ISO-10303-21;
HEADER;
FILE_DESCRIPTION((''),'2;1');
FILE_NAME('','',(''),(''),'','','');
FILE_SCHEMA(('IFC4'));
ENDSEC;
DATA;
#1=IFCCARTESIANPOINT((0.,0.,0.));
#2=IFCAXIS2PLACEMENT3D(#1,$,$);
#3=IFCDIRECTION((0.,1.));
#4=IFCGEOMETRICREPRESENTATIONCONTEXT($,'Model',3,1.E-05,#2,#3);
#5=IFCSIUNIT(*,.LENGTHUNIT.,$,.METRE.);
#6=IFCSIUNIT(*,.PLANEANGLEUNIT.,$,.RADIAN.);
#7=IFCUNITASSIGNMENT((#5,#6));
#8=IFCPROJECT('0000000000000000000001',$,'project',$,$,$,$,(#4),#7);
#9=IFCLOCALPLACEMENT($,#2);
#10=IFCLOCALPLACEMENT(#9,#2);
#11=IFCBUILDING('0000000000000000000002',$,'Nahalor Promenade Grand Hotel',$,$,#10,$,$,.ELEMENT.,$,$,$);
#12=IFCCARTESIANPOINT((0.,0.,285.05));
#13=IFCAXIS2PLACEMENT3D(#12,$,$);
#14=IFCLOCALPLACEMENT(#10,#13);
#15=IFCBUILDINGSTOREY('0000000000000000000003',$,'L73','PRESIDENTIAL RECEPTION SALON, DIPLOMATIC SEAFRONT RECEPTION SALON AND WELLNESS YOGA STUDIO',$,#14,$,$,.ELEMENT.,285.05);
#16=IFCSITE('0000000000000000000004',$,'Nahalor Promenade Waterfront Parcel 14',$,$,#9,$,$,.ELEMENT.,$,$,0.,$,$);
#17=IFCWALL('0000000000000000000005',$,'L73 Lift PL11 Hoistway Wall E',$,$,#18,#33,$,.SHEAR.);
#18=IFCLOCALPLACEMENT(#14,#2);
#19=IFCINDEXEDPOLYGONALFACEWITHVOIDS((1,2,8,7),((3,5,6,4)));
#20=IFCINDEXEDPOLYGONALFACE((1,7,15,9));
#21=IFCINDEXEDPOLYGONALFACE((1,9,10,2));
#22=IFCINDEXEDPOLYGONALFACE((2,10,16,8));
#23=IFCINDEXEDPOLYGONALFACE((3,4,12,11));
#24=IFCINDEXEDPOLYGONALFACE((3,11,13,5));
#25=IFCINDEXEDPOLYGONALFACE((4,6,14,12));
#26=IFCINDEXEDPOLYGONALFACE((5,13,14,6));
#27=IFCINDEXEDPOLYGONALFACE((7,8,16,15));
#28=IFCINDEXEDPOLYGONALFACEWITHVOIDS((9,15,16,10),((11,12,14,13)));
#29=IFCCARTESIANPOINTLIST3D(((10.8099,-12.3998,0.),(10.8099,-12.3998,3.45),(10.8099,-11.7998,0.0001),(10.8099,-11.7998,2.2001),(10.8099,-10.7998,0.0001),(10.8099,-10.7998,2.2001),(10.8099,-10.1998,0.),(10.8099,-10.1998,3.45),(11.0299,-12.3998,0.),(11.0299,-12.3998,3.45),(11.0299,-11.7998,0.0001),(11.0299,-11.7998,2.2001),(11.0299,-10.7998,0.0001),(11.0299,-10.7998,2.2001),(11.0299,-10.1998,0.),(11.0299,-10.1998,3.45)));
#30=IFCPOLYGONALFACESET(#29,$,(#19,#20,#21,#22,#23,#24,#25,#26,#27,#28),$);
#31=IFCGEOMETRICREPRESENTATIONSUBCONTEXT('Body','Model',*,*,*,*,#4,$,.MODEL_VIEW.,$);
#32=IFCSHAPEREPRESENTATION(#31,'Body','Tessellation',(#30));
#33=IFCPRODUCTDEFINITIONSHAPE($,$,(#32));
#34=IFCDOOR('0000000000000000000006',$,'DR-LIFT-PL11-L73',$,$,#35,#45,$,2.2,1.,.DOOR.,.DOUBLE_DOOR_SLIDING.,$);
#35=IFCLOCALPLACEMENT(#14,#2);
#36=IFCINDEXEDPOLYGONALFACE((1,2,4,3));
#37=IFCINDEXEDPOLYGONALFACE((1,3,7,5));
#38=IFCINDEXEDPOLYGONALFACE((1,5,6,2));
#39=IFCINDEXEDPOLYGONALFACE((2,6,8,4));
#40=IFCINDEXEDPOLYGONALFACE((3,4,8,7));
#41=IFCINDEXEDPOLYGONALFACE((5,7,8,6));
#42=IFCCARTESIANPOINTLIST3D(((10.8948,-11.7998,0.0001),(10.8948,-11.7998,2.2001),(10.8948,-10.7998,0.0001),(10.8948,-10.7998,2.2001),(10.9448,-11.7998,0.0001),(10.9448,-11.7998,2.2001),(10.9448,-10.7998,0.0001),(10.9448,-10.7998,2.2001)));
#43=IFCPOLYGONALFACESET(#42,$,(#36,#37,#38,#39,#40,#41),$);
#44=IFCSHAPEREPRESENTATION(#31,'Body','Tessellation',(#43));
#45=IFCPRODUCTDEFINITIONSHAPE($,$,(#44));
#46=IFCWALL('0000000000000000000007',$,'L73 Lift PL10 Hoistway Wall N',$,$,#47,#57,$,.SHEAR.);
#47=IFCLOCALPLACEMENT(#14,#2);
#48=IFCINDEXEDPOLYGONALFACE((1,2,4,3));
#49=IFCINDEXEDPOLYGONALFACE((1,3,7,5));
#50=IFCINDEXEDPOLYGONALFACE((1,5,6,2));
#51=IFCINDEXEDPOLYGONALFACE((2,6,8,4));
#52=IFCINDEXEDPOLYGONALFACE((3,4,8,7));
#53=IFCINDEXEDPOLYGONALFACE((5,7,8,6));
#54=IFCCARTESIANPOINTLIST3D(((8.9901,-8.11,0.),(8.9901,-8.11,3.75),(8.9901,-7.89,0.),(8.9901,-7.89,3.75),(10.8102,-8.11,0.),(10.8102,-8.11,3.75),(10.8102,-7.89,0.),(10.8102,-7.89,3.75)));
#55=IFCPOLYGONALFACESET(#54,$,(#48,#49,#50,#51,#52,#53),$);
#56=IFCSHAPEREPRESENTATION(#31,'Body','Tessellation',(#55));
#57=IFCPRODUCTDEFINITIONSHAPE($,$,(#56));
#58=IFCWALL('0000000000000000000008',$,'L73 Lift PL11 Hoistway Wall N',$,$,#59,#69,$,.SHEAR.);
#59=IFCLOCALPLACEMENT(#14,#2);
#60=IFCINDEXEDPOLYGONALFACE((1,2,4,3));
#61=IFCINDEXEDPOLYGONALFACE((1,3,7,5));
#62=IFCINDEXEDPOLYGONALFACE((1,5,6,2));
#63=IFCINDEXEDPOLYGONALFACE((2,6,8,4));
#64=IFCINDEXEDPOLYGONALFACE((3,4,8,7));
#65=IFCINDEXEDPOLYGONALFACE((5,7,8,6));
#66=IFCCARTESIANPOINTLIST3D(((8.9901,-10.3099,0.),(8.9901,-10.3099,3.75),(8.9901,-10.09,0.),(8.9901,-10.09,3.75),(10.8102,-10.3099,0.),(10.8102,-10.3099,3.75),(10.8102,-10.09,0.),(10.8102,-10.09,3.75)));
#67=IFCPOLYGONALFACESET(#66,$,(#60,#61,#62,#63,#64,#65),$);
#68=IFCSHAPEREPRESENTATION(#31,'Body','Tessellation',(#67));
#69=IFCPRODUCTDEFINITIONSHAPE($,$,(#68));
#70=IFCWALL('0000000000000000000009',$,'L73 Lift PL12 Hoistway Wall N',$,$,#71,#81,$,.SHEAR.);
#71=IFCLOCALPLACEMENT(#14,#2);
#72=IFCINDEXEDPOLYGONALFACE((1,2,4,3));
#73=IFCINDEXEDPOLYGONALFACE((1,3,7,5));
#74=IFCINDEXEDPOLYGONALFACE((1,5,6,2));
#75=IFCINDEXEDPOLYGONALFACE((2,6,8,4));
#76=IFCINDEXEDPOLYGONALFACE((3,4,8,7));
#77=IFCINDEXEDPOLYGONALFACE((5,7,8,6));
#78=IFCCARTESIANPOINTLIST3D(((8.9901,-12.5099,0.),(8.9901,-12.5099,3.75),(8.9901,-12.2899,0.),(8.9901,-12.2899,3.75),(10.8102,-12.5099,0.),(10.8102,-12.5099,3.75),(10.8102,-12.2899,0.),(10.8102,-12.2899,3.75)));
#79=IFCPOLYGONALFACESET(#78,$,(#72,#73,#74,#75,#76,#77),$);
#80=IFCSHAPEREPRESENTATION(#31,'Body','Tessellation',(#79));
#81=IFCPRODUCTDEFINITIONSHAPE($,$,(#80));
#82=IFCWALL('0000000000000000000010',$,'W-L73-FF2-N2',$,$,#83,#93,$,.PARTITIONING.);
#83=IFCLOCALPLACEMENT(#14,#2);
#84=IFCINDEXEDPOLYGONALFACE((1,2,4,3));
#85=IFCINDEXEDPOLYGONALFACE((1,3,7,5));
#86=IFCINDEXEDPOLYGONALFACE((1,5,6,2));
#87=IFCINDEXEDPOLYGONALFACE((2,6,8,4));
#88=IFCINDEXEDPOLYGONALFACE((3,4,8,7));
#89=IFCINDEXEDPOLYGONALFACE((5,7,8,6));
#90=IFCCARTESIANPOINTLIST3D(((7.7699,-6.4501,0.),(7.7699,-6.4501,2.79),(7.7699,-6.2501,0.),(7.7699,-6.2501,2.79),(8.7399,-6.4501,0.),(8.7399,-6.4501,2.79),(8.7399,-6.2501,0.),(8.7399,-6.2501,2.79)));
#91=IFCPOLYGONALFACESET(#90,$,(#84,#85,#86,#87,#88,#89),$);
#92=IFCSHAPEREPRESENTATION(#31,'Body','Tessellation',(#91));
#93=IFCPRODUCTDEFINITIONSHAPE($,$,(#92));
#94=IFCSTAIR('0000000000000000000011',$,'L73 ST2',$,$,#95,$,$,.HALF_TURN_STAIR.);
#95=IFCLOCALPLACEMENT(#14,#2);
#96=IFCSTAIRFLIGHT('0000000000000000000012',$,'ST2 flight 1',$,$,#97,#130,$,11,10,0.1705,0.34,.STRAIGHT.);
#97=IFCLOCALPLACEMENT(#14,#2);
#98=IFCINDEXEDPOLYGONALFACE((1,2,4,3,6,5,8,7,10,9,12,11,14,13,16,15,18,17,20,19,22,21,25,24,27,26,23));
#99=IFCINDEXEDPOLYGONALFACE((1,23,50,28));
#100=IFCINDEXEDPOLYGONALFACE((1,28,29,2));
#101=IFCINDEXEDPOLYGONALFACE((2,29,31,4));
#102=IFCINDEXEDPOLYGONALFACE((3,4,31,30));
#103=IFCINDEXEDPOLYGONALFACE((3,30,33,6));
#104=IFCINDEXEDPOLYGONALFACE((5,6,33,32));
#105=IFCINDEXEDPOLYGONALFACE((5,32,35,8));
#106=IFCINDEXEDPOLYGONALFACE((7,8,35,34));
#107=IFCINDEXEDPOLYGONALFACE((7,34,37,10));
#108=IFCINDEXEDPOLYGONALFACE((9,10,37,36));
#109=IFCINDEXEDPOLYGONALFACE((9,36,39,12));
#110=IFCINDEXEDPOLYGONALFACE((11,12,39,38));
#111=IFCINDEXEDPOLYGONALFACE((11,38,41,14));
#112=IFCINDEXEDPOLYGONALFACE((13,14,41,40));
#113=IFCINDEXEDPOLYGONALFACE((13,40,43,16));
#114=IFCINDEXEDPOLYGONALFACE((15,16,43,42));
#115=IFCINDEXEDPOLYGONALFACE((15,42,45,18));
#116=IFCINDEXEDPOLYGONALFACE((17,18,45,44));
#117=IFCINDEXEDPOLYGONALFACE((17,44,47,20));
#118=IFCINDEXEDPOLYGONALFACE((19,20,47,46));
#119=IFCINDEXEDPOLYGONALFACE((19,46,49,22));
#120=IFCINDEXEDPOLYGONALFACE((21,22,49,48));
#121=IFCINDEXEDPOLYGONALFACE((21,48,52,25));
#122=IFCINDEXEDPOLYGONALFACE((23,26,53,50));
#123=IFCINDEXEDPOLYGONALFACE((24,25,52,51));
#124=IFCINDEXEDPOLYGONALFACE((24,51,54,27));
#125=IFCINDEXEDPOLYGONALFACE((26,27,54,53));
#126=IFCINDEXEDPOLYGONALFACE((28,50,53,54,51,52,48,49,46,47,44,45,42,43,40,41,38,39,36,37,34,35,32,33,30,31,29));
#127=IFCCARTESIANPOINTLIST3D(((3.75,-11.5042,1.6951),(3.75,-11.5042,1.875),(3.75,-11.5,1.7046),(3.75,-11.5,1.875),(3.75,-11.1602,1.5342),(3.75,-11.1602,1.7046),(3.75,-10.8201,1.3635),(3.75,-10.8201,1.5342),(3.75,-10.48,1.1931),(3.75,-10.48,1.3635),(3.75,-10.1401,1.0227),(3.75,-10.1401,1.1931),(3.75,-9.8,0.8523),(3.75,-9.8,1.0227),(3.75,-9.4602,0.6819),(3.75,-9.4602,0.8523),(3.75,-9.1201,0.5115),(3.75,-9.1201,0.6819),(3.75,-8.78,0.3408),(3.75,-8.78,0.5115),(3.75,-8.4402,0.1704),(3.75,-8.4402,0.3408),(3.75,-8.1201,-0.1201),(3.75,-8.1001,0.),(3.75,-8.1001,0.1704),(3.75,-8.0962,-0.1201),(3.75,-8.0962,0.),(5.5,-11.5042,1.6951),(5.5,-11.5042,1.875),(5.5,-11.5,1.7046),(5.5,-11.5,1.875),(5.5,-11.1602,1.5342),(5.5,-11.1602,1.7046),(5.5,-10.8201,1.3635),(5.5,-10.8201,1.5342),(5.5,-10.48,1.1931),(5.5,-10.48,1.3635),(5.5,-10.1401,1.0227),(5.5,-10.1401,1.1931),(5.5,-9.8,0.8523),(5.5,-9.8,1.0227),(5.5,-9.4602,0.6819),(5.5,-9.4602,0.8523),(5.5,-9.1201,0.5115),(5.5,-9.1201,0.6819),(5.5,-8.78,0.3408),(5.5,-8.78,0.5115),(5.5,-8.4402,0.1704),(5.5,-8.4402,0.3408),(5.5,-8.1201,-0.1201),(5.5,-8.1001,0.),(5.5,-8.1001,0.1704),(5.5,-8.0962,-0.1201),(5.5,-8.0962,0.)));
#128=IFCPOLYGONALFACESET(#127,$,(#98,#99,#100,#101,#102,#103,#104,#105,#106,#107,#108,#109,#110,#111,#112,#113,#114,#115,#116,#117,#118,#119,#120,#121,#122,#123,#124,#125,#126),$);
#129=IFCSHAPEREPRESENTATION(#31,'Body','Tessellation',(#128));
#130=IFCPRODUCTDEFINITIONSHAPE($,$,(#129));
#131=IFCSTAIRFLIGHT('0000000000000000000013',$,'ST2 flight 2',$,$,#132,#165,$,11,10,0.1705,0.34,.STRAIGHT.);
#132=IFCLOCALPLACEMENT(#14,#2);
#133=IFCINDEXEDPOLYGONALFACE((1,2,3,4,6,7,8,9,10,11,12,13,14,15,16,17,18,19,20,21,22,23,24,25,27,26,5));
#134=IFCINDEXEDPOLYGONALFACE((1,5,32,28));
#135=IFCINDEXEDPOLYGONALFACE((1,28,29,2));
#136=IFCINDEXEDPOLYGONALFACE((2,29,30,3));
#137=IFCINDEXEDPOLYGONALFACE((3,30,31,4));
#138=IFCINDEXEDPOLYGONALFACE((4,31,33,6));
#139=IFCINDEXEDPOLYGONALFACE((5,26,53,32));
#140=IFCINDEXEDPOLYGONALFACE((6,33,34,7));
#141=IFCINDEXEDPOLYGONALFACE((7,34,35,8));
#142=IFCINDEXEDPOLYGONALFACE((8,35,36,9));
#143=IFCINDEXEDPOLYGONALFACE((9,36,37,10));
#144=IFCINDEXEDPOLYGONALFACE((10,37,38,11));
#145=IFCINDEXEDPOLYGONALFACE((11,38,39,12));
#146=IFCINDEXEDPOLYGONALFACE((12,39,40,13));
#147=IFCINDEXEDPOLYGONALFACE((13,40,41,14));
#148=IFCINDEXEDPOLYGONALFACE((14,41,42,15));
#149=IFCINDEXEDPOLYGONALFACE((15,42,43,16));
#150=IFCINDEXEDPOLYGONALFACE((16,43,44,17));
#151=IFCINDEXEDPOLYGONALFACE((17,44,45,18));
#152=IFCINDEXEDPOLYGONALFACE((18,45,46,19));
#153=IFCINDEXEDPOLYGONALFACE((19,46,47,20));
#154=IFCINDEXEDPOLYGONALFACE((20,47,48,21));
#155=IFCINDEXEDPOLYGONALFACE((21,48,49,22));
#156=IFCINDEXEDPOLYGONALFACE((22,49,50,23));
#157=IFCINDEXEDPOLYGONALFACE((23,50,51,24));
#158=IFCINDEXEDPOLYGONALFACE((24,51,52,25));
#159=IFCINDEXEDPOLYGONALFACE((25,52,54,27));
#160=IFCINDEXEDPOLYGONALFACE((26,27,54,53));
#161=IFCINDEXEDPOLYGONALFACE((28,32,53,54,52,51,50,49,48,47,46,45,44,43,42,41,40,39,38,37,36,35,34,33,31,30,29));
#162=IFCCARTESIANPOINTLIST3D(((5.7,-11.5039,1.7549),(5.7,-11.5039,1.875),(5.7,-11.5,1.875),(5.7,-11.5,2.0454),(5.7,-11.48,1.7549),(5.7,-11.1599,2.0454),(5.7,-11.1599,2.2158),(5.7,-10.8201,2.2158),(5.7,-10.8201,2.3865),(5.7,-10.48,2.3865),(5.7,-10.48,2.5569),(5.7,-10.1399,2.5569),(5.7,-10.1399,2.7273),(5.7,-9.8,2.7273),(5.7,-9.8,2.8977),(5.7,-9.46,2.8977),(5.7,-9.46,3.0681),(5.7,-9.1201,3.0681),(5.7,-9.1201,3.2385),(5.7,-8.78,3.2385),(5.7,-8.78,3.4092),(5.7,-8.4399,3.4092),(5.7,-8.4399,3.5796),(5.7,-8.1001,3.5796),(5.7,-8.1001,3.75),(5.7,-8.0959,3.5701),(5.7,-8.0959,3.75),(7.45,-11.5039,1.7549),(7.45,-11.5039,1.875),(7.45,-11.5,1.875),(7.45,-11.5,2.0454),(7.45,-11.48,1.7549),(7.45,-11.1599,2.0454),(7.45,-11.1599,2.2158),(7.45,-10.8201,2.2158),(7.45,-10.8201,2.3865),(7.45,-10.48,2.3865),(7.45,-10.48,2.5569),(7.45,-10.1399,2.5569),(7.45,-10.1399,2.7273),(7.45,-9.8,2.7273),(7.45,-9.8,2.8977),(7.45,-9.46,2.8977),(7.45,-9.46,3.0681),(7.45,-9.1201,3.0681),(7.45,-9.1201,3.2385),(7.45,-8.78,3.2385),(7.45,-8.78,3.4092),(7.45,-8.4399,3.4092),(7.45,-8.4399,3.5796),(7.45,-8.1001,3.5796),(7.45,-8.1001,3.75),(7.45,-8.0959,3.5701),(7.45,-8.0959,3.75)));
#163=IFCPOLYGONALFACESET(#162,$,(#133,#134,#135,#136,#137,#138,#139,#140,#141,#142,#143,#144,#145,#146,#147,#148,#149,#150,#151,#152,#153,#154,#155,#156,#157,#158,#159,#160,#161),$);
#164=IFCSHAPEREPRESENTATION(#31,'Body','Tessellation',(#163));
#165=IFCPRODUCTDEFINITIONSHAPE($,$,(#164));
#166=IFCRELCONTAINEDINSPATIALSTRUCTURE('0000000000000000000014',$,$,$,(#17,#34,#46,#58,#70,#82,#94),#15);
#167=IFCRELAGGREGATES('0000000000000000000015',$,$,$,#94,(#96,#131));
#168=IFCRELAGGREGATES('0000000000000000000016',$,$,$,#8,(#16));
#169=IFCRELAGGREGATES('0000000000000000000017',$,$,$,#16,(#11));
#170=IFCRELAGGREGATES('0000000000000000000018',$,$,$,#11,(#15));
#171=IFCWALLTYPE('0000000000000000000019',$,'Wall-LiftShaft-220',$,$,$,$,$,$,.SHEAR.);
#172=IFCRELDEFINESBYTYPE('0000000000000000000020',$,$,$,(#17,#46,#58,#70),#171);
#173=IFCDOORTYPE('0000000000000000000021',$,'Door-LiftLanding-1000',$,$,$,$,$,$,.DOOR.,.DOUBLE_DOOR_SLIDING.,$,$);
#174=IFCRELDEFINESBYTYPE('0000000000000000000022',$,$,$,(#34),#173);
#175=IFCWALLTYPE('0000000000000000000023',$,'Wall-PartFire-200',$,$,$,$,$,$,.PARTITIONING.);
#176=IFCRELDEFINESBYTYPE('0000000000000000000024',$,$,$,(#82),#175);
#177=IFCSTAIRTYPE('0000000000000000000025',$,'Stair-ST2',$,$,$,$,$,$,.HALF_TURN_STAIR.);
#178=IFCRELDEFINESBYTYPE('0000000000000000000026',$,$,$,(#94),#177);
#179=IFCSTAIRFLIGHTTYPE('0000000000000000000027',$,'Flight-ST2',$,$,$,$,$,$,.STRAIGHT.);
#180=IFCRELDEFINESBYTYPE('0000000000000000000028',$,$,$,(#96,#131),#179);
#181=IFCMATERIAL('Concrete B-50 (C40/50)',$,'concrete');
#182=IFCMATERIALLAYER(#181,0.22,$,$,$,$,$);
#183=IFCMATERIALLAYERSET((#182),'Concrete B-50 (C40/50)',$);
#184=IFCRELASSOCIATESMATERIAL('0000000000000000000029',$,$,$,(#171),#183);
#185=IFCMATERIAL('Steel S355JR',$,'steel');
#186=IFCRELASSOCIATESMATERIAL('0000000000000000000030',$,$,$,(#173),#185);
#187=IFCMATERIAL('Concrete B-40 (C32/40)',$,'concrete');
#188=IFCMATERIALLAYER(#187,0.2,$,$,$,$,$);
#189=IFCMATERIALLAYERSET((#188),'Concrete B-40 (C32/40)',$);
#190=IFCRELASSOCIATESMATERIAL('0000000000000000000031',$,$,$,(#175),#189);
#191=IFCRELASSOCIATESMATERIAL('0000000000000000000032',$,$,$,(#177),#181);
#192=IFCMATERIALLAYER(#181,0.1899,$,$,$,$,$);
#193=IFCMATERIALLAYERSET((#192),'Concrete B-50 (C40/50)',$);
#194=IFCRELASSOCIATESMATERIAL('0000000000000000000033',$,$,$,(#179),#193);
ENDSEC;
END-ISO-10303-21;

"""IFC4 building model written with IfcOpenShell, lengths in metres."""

from ifc_helpers import new_model, si_unit, direction, frame, frame_2d, origin, place, context, subcontext, project, spatial, polyline, rectangle, outline, extrude, source, transform, mapped, material, layer, layer_set, type_object, element, fill, aggregate, save


model = new_model("IFC4")

# Units and contexts
model_context = context("Model", 3, precision=1e-05, world=origin(), true_north=direction((0.0, 1.0)))
body_context = subcontext(model_context, "Body", "Model", "MODEL_VIEW")
ifc_project = project(units=[si_unit("LENGTHUNIT", "METRE"), si_unit("PLANEANGLEUNIT", "RADIAN")], contexts=[model_context])

# Site, building, storey
site_placement = place(None, origin())
site = spatial("IfcSite", under=ifc_project, at=site_placement, Name="Nahalor Promenade Waterfront Parcel 14", CompositionType="ELEMENT", RefElevation=0.0)
building_placement = place(site_placement, origin())
building = spatial("IfcBuilding", under=site, at=building_placement, Name="Nahalor Promenade Grand Hotel", CompositionType="ELEMENT")
storey_placement = place(building_placement, frame((0.0, 0.0, 285.05)))
storey = spatial("IfcBuildingStorey", under=building, at=storey_placement, Name="L73", Description="PRESIDENTIAL RECEPTION SALON, DIPLOMATIC SEAFRONT RECEPTION SALON AND WELLNESS YOGA STUDIO", CompositionType="ELEMENT", Elevation=285.05)

# Shared definitions
ifc_material_1 = material(Name="Steel S355JR", Category="steel")

# Shared definitions
ifc_material_2 = material(Name="Concrete B-50 (C40/50)", Category="concrete")
ifc_layer_1 = layer(ifc_material_2, 0.22)
ifc_layer_set_1 = layer_set([ifc_layer_1], Name="Concrete B-50 (C40/50)")
wall_type_1 = type_object("IfcWallType", Name="Wall-LiftShaft-220", PredefinedType="SHEAR", material=ifc_layer_set_1)
shared_shape_1 = source(origin(), body_context, "Body", "SweptSolid", [
    extrude(rectangle(XDim=2.2, YDim=0.22, at=frame_2d((1.1001, 0.0))), origin(), (0.0, 0.0, 1.0), 3.45),
])

# Shared definitions
door_type = type_object("IfcDoorType", Name="Door-LiftLanding-1000", OperationType="DOUBLE_DOOR_SLIDING", PredefinedType="DOOR", material=ifc_material_1)
shared_shape_2 = source(origin(), body_context, "Body", "SweptSolid", [
    extrude(rectangle(XDim=1.0, YDim=2.2, at=frame_2d((0.5, 1.1001))), frame((0.0, 0.0249, 0.0), z_axis=(0.0, -1.0, 0.0), x_axis=(1.0, 0.0, 0.0)), (0.0, 0.0, 1.0), 0.05),
])

# Wall, opening, door
wall_1_placement = place(storey_placement, frame((10.9199, -12.3999, 0.0), z_axis=(0.0, 0.0, 1.0), x_axis=(0.0, 1.0, 0.0)))
wall_1 = element("IfcWall", 1, at=wall_1_placement, inside=storey, type_object=wall_type_1, Name="L73 Lift PL11 Hoistway Wall E", PredefinedType="SHEAR", context=body_context, shape_type="MappedRepresentation", body=[
    mapped(shared_shape_1, transform((0.0, 0.0, 0.0), scale=1.0)),
])
opening_1_placement = place(wall_1_placement, frame((0.6001, 0.0, 0.0)))
opening_1 = element("IfcOpeningElement", 2, at=opening_1_placement, cuts=wall_1, PredefinedType="OPENING", context=body_context, shape_type="SweptSolid", body=[
    extrude(rectangle(XDim=1.0, YDim=2.2, at=frame_2d((0.5, 1.1001))), frame((0.0, 0.1199, 0.0), z_axis=(0.0, -1.0, 0.0), x_axis=(1.0, 0.0, 0.0)), (0.0, 0.0, 1.0), 0.24),
])
door_1_placement = place(opening_1_placement, frame((1.0, 0.0, 0.0), z_axis=(0.0, 0.0, 1.0), x_axis=(-1.0, 0.0, 0.0)))
door_1 = element("IfcDoor", 3, at=door_1_placement, inside=storey, type_object=door_type, Name="DR-LIFT-PL11-L73", OperationType="DOUBLE_DOOR_SLIDING", OverallHeight=2.2, OverallWidth=1.0, PredefinedType="DOOR", context=body_context, shape_type="MappedRepresentation", body=[
    mapped(shared_shape_2, transform((0.0, 0.0, 0.0), scale=1.0)),
])
fill(opening_1, door_1)

# Walls
shared_shape_3 = source(origin(), body_context, "Body", "SweptSolid", [
    extrude(rectangle(XDim=1.8201, YDim=0.22, at=frame_2d((0.9102, 0.0))), origin(), (0.0, 0.0, 1.0), 3.75),
])
for number, where, z_axis, x_axis, name in (
    (4, (8.99, -8.0, 0.0), (0.0, 0.0, 1.0), (1.0, 0.0, 0.0), "L73 Lift PL10 Hoistway Wall N"),
    (5, (8.99, -10.2, 0.0), (0.0, 0.0, 1.0), (1.0, 0.0, 0.0), "L73 Lift PL11 Hoistway Wall N"),
    (6, (8.99, -12.3999, 0.0), (0.0, 0.0, 1.0), (1.0, 0.0, 0.0), "L73 Lift PL12 Hoistway Wall N"),
):
    element("IfcWall", number, at=place(storey_placement, frame(where, z_axis=z_axis, x_axis=x_axis)), inside=storey, type_object=wall_type_1, Name=name, PredefinedType="SHEAR", context=body_context, shape_type="MappedRepresentation", body=[
        mapped(shared_shape_3, transform((0.0, 0.0, 0.0), scale=1.0)),
    ])
ifc_material_3 = material(Name="Concrete B-40 (C32/40)", Category="concrete")
ifc_layer_2 = layer(ifc_material_3, 0.2)
ifc_layer_set_2 = layer_set([ifc_layer_2], Name="Concrete B-40 (C32/40)")
wall_type_2 = type_object("IfcWallType", Name="Wall-PartFire-200", PredefinedType="PARTITIONING", material=ifc_layer_set_2)
shared_shape_4 = source(origin(), body_context, "Body", "SweptSolid", [
    extrude(rectangle(XDim=0.97, YDim=0.2, at=frame_2d((0.4849, 0.0))), origin(), (0.0, 0.0, 1.0), 2.79),
])
wall_2_placement = place(storey_placement, frame((7.77, -6.3501, 0.0), z_axis=(0.0, 0.0, 1.0), x_axis=(1.0, 0.0, 0.0)))
element("IfcWall", 7, at=wall_2_placement, inside=storey, type_object=wall_type_2, Name="W-L73-FF2-N2", PredefinedType="PARTITIONING", context=body_context, shape_type="MappedRepresentation", body=[
    mapped(shared_shape_4, transform((0.0, 0.0, 0.0), scale=1.0)),
])

# Stair, stair flights
stair_type = type_object("IfcStairType", Name="Stair-ST2", PredefinedType="HALF_TURN_STAIR", material=ifc_material_2)
stair_placement = place(storey_placement, origin())
stair = element("IfcStair", 8, at=stair_placement, inside=storey, type_object=stair_type, Name="L73 ST2", PredefinedType="HALF_TURN_STAIR")
ifc_layer_3 = layer(ifc_material_2, 0.1899)
ifc_layer_set_3 = layer_set([ifc_layer_3], Name="Concrete B-50 (C40/50)")
stair_flight_type = type_object("IfcStairFlightType", Name="Flight-ST2", PredefinedType="STRAIGHT", material=ifc_layer_set_3)
shared_shape_5 = source(origin(), body_context, "Body", "SweptSolid", [
    extrude(outline(polyline([(-0.0039, -0.1201), (-0.0039, 0.0), (0.0, 0.0), (0.0, 0.1704), (0.3401, 0.1704), (0.3401, 0.3408), (0.6799, 0.3408), (0.6799, 0.5115), (1.02, 0.5115), (1.02, 0.6819), (1.3601, 0.6819), (1.3601, 0.8523), (1.7, 0.8523), (1.7, 1.0227), (2.04, 1.0227), (2.04, 1.1931), (2.3799, 1.1931), (2.3799, 1.3635), (2.72, 1.3635), (2.72, 1.5342), (3.0601, 1.5342), (3.0601, 1.7046), (3.3999, 1.7046), (3.3999, 1.875), (3.4041, 1.875), (3.4041, 1.6951), (0.02, -0.1201), (-0.0039, -0.1201)])), frame((0.0, 0.875, 0.0), z_axis=(0.0, -1.0, 0.0), x_axis=(1.0, 0.0, 0.0)), (0.0, 0.0, 1.0), 1.75),
])
stair_flight_1_placement = place(storey_placement, frame((4.625, -8.1001, 0.0), z_axis=(0.0, 0.0, 1.0), x_axis=(0.0, -1.0, 0.0)))
stair_flight_1 = element("IfcStairFlight", 9, at=stair_flight_1_placement, type_object=stair_flight_type, Name="ST2 flight 1", NumberOfRisers=11, NumberOfTreads=10, PredefinedType="STRAIGHT", RiserHeight=0.1705, TreadLength=0.34, context=body_context, shape_type="MappedRepresentation", body=[
    mapped(shared_shape_5, transform((0.0, 0.0, 0.0), scale=1.0)),
])
stair_flight_2_placement = place(storey_placement, frame((6.575, -11.5, 1.875), z_axis=(0.0, 0.0, 1.0), x_axis=(0.0, 1.0, 0.0)))
stair_flight_2 = element("IfcStairFlight", 10, at=stair_flight_2_placement, type_object=stair_flight_type, Name="ST2 flight 2", NumberOfRisers=11, NumberOfTreads=10, PredefinedType="STRAIGHT", RiserHeight=0.1705, TreadLength=0.34, context=body_context, shape_type="MappedRepresentation", body=[
    mapped(shared_shape_5, transform((0.0, 0.0, 0.0), scale=1.0)),
])
aggregate(stair, [stair_flight_1, stair_flight_2])

save(model, "model.ifc")
